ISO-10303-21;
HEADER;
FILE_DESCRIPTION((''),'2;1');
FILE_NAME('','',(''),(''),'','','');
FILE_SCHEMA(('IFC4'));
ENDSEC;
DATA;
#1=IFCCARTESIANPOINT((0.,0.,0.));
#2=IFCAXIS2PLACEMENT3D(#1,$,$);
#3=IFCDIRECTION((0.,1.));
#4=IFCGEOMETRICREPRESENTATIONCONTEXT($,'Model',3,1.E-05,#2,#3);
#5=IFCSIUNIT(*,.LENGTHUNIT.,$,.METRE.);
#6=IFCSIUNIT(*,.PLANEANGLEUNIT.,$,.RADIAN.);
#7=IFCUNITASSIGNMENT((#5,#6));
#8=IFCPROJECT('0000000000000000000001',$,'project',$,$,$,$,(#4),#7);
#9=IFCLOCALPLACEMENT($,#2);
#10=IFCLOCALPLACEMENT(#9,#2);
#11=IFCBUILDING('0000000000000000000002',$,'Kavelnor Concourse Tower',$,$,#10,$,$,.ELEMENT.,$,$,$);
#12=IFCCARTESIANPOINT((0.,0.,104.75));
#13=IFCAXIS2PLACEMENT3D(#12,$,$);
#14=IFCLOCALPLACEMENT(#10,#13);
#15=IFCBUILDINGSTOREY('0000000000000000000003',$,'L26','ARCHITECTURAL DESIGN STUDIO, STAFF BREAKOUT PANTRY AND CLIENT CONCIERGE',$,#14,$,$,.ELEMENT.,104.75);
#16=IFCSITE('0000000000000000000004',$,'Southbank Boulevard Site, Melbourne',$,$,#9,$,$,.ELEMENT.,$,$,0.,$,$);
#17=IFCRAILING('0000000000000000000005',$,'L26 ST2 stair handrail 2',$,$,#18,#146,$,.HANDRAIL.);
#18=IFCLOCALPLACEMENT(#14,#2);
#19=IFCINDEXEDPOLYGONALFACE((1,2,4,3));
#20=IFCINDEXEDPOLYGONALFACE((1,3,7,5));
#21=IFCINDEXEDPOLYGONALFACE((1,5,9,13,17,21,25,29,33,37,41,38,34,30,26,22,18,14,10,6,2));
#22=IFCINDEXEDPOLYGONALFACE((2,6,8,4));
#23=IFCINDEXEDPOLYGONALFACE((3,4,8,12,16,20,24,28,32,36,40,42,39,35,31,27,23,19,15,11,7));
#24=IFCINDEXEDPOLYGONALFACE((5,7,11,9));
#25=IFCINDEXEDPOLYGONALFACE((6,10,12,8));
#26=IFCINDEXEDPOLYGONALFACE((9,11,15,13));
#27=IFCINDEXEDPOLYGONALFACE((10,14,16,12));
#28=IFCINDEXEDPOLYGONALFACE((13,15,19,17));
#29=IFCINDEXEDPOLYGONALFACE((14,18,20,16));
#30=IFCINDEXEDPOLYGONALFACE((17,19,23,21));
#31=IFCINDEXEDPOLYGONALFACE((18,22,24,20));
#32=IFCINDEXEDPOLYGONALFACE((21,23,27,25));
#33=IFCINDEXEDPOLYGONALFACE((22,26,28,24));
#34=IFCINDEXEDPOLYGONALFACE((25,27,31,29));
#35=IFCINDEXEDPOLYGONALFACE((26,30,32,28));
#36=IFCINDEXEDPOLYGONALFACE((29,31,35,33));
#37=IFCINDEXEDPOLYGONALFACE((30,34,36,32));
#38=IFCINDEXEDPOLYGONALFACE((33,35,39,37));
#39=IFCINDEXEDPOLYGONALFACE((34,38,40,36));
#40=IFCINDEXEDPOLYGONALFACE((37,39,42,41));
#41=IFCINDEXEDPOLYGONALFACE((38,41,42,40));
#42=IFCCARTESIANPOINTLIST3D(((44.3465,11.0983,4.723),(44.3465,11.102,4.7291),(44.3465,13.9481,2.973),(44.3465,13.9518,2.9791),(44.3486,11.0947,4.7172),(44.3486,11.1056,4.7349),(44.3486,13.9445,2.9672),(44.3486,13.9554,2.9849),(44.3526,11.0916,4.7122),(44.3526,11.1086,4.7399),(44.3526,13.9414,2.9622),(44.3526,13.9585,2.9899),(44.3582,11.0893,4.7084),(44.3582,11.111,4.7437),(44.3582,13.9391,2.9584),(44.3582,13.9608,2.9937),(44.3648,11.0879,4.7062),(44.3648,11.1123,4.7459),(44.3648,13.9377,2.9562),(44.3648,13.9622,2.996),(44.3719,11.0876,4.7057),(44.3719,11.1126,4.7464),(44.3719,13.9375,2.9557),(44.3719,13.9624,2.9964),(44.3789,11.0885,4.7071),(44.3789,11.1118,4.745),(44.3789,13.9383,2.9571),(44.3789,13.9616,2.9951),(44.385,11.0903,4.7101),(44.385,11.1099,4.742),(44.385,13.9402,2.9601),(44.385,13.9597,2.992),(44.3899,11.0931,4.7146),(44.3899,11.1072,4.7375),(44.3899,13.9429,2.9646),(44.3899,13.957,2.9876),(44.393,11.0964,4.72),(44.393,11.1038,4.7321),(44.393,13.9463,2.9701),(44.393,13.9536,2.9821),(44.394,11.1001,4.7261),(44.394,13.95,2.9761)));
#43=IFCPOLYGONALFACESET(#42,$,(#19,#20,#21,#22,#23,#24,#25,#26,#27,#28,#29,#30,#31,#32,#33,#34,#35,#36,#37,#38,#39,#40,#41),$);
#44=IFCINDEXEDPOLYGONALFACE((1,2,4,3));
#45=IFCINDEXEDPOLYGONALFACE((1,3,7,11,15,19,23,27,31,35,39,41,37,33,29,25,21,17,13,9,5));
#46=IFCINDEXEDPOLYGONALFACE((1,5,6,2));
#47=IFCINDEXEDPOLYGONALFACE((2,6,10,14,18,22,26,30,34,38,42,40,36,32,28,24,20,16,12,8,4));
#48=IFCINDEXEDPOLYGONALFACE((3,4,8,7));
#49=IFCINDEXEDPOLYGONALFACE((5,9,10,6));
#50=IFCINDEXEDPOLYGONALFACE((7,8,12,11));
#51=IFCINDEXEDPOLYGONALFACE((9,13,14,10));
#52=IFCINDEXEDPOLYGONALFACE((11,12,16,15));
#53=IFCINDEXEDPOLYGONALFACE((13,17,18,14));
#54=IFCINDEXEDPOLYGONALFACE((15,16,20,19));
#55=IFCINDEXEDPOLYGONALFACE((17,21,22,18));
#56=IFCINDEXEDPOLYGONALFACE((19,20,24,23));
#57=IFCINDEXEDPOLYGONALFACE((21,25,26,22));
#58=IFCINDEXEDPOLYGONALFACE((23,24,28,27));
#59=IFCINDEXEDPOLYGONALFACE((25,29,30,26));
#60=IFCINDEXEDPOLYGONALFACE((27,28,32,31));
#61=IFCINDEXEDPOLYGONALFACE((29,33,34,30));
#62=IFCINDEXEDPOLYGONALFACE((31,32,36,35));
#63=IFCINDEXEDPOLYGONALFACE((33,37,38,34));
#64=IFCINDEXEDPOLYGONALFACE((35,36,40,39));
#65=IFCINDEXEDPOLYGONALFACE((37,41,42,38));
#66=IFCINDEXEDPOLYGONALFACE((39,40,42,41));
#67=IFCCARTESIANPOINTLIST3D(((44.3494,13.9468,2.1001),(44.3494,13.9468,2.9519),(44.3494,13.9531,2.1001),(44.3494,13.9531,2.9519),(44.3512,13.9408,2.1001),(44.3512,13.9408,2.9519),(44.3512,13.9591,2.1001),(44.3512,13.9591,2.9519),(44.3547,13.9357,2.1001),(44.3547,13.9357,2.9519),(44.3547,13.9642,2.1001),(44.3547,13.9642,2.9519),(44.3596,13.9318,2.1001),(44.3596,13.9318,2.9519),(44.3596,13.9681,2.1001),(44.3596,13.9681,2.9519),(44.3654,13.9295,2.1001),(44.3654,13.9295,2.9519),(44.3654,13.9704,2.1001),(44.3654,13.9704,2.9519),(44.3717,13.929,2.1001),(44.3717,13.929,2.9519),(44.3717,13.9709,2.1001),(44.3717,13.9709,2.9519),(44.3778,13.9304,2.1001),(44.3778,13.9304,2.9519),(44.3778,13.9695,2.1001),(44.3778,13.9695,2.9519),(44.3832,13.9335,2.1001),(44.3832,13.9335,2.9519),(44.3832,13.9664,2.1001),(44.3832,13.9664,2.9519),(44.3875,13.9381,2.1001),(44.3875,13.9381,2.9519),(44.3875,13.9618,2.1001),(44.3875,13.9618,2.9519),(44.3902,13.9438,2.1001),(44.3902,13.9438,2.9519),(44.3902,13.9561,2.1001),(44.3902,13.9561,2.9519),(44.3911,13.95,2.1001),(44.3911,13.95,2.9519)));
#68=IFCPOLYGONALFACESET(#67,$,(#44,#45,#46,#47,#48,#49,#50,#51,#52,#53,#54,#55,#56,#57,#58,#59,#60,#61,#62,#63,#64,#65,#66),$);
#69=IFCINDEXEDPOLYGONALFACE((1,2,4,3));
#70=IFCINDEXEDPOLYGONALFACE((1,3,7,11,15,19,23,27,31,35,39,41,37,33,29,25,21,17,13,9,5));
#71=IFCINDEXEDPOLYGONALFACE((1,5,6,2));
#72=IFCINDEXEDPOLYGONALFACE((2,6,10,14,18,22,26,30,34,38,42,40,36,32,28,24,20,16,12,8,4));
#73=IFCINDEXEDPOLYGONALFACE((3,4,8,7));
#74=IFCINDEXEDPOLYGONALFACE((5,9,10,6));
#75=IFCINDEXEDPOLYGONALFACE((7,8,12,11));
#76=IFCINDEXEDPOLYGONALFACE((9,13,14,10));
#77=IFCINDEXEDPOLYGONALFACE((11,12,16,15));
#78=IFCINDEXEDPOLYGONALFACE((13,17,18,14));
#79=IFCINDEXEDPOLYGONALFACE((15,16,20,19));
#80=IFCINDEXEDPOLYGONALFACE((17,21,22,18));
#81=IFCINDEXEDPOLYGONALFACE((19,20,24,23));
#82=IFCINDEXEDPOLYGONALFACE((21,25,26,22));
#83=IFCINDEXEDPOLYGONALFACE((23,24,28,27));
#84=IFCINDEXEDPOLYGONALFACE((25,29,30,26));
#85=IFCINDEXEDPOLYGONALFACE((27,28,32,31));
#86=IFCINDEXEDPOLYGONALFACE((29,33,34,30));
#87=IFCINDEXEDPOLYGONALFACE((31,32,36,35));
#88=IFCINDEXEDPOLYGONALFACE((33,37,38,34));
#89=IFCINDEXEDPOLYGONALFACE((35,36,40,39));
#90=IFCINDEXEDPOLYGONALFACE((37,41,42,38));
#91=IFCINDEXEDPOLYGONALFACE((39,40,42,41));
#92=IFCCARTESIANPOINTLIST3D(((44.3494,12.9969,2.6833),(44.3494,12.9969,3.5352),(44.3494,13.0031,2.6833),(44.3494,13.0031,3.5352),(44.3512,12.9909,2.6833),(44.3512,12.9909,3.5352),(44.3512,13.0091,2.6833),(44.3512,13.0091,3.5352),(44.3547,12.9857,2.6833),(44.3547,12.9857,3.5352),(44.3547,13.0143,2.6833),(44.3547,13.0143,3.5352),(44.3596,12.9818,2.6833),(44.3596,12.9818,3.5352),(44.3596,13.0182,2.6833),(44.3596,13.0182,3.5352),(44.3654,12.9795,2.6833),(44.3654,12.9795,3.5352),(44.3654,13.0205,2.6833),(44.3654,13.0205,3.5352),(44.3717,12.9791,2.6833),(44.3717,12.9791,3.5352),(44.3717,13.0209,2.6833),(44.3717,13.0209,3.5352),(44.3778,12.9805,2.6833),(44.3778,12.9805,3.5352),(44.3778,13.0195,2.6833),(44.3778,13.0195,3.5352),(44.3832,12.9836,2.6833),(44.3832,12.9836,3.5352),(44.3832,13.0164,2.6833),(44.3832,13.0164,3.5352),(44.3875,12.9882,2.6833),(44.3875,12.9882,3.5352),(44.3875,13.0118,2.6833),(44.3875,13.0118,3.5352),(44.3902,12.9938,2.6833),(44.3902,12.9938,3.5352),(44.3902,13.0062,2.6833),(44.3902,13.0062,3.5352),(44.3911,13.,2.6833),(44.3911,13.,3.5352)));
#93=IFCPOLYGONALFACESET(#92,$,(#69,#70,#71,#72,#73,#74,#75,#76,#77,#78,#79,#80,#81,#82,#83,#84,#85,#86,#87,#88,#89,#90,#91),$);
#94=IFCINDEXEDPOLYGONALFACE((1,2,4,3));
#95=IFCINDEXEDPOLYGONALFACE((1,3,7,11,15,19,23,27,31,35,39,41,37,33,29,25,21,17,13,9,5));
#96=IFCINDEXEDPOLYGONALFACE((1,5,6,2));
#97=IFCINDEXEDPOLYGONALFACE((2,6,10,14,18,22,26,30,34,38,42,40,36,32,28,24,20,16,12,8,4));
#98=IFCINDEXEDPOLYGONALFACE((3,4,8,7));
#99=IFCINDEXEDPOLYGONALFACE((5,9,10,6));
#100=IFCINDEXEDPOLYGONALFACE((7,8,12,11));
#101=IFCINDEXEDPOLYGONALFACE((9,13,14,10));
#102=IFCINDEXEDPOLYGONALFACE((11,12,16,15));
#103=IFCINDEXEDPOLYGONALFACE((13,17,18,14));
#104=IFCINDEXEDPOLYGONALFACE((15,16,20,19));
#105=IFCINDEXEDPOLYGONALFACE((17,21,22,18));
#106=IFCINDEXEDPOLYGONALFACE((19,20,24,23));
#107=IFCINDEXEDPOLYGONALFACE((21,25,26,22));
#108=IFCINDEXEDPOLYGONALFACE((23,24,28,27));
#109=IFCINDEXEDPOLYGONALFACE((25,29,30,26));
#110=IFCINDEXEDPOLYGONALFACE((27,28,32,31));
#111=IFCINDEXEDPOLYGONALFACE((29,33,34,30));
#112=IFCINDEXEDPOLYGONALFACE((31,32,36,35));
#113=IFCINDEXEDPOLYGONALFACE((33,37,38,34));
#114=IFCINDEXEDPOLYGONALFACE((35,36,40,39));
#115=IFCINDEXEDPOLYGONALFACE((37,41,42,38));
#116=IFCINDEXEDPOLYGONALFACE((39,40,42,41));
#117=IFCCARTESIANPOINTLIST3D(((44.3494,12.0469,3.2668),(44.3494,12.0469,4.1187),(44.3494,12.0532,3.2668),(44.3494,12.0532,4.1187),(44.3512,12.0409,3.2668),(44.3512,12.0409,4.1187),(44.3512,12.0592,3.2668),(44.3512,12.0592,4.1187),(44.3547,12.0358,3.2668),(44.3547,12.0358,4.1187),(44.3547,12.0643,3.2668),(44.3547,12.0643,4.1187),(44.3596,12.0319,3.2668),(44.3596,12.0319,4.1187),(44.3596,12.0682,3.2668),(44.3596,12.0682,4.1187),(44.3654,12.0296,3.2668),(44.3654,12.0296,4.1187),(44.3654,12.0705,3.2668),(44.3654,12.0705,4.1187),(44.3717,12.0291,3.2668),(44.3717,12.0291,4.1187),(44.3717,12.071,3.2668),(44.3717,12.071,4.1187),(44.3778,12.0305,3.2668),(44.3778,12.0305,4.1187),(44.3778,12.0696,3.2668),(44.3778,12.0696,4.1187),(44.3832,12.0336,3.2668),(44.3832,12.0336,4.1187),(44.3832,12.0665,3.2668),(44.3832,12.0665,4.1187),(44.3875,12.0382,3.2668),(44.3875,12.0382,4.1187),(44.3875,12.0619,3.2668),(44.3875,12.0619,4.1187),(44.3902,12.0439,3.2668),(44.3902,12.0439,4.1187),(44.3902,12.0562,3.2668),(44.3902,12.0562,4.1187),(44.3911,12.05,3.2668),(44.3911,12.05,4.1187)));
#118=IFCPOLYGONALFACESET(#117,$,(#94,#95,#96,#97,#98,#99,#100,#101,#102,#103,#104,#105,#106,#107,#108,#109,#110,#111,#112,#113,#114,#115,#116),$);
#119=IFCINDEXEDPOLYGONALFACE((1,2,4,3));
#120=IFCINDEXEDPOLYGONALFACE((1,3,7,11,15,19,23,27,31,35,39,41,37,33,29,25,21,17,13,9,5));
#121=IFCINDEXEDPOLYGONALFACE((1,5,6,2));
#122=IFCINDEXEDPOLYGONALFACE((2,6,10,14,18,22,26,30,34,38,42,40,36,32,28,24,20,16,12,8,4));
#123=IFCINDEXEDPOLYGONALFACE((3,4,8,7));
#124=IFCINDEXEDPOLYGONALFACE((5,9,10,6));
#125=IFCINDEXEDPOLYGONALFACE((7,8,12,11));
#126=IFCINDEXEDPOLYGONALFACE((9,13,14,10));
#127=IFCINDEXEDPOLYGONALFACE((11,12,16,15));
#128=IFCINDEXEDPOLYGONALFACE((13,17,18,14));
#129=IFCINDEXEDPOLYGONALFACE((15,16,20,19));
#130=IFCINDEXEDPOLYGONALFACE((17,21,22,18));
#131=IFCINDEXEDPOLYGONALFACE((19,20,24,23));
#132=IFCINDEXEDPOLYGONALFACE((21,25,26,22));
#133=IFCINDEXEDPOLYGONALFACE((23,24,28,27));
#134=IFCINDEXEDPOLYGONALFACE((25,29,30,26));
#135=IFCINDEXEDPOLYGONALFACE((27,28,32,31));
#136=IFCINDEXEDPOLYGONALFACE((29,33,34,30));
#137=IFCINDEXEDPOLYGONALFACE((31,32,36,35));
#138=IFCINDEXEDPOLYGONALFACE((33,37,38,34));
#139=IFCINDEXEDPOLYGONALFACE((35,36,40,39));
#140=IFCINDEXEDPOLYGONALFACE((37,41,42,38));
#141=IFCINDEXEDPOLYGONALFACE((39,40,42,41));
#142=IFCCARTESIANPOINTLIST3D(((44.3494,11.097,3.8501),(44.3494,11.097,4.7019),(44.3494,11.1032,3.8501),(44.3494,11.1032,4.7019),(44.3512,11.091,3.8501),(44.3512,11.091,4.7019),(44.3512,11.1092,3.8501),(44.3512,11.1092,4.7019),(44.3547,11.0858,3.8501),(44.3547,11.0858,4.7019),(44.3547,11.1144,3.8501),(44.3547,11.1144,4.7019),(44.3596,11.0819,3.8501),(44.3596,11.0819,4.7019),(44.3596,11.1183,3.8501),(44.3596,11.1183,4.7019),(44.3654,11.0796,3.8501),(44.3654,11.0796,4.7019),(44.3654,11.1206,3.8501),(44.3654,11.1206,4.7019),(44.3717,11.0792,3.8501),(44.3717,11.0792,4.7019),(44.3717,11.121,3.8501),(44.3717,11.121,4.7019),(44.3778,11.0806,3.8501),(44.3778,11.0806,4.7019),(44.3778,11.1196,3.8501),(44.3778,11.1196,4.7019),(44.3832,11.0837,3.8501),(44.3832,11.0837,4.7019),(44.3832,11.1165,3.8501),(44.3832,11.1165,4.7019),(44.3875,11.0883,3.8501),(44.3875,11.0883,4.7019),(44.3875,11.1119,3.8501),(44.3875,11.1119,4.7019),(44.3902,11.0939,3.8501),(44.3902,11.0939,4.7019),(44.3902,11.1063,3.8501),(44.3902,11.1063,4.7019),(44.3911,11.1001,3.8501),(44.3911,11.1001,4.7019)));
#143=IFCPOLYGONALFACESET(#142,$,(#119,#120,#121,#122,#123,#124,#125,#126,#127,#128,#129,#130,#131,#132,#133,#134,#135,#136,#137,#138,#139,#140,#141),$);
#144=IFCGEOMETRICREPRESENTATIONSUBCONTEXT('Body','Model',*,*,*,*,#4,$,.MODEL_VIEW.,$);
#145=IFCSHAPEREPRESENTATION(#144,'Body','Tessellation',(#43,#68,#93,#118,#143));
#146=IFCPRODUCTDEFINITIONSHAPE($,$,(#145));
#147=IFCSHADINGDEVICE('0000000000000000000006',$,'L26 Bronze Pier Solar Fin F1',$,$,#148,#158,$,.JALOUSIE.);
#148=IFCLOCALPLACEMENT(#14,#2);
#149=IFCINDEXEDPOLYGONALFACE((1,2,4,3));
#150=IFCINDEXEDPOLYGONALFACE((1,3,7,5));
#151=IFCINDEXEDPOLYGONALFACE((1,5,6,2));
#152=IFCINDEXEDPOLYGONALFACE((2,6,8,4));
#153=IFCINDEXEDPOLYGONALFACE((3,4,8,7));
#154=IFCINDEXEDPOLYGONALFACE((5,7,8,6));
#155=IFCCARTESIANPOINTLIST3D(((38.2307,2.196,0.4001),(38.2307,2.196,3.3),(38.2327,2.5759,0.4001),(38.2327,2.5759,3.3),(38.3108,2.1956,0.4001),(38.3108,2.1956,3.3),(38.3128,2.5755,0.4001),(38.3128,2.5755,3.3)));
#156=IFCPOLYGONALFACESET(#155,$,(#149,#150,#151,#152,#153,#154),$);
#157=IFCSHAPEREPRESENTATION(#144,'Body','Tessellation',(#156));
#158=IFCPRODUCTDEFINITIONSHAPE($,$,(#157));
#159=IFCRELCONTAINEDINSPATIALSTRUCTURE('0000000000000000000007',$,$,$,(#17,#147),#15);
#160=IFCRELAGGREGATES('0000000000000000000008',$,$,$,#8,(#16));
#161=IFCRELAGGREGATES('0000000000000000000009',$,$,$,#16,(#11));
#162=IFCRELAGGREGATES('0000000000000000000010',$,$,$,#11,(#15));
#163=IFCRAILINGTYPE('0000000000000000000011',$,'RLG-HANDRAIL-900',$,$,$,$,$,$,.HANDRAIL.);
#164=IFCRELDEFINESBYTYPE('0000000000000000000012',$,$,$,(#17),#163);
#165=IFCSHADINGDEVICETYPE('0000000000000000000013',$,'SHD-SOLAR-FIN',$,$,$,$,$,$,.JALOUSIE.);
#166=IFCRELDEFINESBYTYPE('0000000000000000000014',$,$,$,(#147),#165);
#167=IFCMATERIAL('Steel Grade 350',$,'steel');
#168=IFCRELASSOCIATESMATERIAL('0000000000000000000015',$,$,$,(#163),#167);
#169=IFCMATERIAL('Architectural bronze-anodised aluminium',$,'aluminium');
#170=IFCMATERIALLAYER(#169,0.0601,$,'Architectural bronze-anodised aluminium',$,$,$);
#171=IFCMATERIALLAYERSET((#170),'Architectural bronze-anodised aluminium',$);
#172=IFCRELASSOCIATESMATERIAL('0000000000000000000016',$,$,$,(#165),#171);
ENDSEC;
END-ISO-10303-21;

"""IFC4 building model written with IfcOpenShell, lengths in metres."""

from ifc_helpers import new_model, si_unit, direction, frame, origin, origin_2d, place, context, subcontext, project, spatial, rectangle, circle, extrude, material, layer, layer_set, type_object, element, save


model = new_model("IFC4")

# Units and contexts
model_context = context("Model", 3, precision=1e-05, world=origin(), true_north=direction((0.0, 1.0)))
body_context = subcontext(model_context, "Body", "Model", "MODEL_VIEW")
ifc_project = project(units=[si_unit("LENGTHUNIT", "METRE"), si_unit("PLANEANGLEUNIT", "RADIAN")], contexts=[model_context])

# Site, building, storey
site_placement = place(None, origin())
site = spatial("IfcSite", under=ifc_project, at=site_placement, Name="Southbank Boulevard Site, Melbourne", CompositionType="ELEMENT", RefElevation=0.0)
building_placement = place(site_placement, origin())
building = spatial("IfcBuilding", under=site, at=building_placement, Name="Kavelnor Concourse Tower", CompositionType="ELEMENT")
storey_placement = place(building_placement, frame((0.0, 0.0, 104.75)))
storey = spatial("IfcBuildingStorey", under=building, at=storey_placement, Name="L26", Description="ARCHITECTURAL DESIGN STUDIO, STAFF BREAKOUT PANTRY AND CLIENT CONCIERGE", CompositionType="ELEMENT", Elevation=104.75)

# Shared definitions
ifc_material_1 = material(Name="Steel Grade 350", Category="steel")

# Railing
railing_type_1 = type_object("IfcRailingType", Name="RLG-HANDRAIL-900", PredefinedType="HANDRAIL", material=ifc_material_1)
railing_1_placement = place(storey_placement, frame((44.3701, 13.95, 2.1001)))
element("IfcRailing", 1, at=railing_1_placement, inside=storey, type_object=railing_type_1, Name="L26 ST2 stair handrail 2", PredefinedType="HANDRAIL", context=body_context, shape_type="SweptSolid", body=[
    extrude(circle(Radius=0.0239, at=origin_2d()), frame((0.0, 0.0, 0.876), z_axis=(0.0, -0.852159, 0.523283), x_axis=(1.0, 0.0, 0.0)), (0.0, 0.0, 1.0), 3.3442),
    extrude(circle(Radius=0.021, at=origin_2d()), origin(), (0.0, 0.0, 1.0), 0.8518),
    extrude(circle(Radius=0.021, at=origin_2d()), frame((0.0, -0.95, 0.5833)), (0.0, 0.0, 1.0), 0.8518),
    extrude(circle(Radius=0.021, at=origin_2d()), frame((0.0, -1.8999, 1.1667)), (0.0, 0.0, 1.0), 0.8518),
    extrude(circle(Radius=0.021, at=origin_2d()), frame((0.0, -2.8499, 1.75)), (0.0, 0.0, 1.0), 0.8518),
])

# Shading device
ifc_material_2 = material(Name="Architectural bronze-anodised aluminium", Category="aluminium")
ifc_layer_1 = layer(ifc_material_2, 0.0601, Name="Architectural bronze-anodised aluminium")
ifc_layer_set_1 = layer_set([ifc_layer_1], Name="Architectural bronze-anodised aluminium")
shading_device_type = type_object("IfcShadingDeviceType", Name="SHD-SOLAR-FIN", PredefinedType="JALOUSIE", material=ifc_layer_set_1)
shading_device_placement = place(storey_placement, frame((38.2717, 2.3857, 0.4001), z_axis=(0.0, 0.0, 1.0), x_axis=(-0.005236, -0.999986, 0.0)))
element("IfcShadingDevice", 2, at=shading_device_placement, inside=storey, type_object=shading_device_type, Name="L26 Bronze Pier Solar Fin F1", PredefinedType="JALOUSIE", context=body_context, shape_type="SweptSolid", body=[
    extrude(rectangle(XDim=0.3799, YDim=0.0801, at=origin_2d()), origin(), (0.0, 0.0, 1.0), 2.8999),
])

save(model, "model.ifc")
